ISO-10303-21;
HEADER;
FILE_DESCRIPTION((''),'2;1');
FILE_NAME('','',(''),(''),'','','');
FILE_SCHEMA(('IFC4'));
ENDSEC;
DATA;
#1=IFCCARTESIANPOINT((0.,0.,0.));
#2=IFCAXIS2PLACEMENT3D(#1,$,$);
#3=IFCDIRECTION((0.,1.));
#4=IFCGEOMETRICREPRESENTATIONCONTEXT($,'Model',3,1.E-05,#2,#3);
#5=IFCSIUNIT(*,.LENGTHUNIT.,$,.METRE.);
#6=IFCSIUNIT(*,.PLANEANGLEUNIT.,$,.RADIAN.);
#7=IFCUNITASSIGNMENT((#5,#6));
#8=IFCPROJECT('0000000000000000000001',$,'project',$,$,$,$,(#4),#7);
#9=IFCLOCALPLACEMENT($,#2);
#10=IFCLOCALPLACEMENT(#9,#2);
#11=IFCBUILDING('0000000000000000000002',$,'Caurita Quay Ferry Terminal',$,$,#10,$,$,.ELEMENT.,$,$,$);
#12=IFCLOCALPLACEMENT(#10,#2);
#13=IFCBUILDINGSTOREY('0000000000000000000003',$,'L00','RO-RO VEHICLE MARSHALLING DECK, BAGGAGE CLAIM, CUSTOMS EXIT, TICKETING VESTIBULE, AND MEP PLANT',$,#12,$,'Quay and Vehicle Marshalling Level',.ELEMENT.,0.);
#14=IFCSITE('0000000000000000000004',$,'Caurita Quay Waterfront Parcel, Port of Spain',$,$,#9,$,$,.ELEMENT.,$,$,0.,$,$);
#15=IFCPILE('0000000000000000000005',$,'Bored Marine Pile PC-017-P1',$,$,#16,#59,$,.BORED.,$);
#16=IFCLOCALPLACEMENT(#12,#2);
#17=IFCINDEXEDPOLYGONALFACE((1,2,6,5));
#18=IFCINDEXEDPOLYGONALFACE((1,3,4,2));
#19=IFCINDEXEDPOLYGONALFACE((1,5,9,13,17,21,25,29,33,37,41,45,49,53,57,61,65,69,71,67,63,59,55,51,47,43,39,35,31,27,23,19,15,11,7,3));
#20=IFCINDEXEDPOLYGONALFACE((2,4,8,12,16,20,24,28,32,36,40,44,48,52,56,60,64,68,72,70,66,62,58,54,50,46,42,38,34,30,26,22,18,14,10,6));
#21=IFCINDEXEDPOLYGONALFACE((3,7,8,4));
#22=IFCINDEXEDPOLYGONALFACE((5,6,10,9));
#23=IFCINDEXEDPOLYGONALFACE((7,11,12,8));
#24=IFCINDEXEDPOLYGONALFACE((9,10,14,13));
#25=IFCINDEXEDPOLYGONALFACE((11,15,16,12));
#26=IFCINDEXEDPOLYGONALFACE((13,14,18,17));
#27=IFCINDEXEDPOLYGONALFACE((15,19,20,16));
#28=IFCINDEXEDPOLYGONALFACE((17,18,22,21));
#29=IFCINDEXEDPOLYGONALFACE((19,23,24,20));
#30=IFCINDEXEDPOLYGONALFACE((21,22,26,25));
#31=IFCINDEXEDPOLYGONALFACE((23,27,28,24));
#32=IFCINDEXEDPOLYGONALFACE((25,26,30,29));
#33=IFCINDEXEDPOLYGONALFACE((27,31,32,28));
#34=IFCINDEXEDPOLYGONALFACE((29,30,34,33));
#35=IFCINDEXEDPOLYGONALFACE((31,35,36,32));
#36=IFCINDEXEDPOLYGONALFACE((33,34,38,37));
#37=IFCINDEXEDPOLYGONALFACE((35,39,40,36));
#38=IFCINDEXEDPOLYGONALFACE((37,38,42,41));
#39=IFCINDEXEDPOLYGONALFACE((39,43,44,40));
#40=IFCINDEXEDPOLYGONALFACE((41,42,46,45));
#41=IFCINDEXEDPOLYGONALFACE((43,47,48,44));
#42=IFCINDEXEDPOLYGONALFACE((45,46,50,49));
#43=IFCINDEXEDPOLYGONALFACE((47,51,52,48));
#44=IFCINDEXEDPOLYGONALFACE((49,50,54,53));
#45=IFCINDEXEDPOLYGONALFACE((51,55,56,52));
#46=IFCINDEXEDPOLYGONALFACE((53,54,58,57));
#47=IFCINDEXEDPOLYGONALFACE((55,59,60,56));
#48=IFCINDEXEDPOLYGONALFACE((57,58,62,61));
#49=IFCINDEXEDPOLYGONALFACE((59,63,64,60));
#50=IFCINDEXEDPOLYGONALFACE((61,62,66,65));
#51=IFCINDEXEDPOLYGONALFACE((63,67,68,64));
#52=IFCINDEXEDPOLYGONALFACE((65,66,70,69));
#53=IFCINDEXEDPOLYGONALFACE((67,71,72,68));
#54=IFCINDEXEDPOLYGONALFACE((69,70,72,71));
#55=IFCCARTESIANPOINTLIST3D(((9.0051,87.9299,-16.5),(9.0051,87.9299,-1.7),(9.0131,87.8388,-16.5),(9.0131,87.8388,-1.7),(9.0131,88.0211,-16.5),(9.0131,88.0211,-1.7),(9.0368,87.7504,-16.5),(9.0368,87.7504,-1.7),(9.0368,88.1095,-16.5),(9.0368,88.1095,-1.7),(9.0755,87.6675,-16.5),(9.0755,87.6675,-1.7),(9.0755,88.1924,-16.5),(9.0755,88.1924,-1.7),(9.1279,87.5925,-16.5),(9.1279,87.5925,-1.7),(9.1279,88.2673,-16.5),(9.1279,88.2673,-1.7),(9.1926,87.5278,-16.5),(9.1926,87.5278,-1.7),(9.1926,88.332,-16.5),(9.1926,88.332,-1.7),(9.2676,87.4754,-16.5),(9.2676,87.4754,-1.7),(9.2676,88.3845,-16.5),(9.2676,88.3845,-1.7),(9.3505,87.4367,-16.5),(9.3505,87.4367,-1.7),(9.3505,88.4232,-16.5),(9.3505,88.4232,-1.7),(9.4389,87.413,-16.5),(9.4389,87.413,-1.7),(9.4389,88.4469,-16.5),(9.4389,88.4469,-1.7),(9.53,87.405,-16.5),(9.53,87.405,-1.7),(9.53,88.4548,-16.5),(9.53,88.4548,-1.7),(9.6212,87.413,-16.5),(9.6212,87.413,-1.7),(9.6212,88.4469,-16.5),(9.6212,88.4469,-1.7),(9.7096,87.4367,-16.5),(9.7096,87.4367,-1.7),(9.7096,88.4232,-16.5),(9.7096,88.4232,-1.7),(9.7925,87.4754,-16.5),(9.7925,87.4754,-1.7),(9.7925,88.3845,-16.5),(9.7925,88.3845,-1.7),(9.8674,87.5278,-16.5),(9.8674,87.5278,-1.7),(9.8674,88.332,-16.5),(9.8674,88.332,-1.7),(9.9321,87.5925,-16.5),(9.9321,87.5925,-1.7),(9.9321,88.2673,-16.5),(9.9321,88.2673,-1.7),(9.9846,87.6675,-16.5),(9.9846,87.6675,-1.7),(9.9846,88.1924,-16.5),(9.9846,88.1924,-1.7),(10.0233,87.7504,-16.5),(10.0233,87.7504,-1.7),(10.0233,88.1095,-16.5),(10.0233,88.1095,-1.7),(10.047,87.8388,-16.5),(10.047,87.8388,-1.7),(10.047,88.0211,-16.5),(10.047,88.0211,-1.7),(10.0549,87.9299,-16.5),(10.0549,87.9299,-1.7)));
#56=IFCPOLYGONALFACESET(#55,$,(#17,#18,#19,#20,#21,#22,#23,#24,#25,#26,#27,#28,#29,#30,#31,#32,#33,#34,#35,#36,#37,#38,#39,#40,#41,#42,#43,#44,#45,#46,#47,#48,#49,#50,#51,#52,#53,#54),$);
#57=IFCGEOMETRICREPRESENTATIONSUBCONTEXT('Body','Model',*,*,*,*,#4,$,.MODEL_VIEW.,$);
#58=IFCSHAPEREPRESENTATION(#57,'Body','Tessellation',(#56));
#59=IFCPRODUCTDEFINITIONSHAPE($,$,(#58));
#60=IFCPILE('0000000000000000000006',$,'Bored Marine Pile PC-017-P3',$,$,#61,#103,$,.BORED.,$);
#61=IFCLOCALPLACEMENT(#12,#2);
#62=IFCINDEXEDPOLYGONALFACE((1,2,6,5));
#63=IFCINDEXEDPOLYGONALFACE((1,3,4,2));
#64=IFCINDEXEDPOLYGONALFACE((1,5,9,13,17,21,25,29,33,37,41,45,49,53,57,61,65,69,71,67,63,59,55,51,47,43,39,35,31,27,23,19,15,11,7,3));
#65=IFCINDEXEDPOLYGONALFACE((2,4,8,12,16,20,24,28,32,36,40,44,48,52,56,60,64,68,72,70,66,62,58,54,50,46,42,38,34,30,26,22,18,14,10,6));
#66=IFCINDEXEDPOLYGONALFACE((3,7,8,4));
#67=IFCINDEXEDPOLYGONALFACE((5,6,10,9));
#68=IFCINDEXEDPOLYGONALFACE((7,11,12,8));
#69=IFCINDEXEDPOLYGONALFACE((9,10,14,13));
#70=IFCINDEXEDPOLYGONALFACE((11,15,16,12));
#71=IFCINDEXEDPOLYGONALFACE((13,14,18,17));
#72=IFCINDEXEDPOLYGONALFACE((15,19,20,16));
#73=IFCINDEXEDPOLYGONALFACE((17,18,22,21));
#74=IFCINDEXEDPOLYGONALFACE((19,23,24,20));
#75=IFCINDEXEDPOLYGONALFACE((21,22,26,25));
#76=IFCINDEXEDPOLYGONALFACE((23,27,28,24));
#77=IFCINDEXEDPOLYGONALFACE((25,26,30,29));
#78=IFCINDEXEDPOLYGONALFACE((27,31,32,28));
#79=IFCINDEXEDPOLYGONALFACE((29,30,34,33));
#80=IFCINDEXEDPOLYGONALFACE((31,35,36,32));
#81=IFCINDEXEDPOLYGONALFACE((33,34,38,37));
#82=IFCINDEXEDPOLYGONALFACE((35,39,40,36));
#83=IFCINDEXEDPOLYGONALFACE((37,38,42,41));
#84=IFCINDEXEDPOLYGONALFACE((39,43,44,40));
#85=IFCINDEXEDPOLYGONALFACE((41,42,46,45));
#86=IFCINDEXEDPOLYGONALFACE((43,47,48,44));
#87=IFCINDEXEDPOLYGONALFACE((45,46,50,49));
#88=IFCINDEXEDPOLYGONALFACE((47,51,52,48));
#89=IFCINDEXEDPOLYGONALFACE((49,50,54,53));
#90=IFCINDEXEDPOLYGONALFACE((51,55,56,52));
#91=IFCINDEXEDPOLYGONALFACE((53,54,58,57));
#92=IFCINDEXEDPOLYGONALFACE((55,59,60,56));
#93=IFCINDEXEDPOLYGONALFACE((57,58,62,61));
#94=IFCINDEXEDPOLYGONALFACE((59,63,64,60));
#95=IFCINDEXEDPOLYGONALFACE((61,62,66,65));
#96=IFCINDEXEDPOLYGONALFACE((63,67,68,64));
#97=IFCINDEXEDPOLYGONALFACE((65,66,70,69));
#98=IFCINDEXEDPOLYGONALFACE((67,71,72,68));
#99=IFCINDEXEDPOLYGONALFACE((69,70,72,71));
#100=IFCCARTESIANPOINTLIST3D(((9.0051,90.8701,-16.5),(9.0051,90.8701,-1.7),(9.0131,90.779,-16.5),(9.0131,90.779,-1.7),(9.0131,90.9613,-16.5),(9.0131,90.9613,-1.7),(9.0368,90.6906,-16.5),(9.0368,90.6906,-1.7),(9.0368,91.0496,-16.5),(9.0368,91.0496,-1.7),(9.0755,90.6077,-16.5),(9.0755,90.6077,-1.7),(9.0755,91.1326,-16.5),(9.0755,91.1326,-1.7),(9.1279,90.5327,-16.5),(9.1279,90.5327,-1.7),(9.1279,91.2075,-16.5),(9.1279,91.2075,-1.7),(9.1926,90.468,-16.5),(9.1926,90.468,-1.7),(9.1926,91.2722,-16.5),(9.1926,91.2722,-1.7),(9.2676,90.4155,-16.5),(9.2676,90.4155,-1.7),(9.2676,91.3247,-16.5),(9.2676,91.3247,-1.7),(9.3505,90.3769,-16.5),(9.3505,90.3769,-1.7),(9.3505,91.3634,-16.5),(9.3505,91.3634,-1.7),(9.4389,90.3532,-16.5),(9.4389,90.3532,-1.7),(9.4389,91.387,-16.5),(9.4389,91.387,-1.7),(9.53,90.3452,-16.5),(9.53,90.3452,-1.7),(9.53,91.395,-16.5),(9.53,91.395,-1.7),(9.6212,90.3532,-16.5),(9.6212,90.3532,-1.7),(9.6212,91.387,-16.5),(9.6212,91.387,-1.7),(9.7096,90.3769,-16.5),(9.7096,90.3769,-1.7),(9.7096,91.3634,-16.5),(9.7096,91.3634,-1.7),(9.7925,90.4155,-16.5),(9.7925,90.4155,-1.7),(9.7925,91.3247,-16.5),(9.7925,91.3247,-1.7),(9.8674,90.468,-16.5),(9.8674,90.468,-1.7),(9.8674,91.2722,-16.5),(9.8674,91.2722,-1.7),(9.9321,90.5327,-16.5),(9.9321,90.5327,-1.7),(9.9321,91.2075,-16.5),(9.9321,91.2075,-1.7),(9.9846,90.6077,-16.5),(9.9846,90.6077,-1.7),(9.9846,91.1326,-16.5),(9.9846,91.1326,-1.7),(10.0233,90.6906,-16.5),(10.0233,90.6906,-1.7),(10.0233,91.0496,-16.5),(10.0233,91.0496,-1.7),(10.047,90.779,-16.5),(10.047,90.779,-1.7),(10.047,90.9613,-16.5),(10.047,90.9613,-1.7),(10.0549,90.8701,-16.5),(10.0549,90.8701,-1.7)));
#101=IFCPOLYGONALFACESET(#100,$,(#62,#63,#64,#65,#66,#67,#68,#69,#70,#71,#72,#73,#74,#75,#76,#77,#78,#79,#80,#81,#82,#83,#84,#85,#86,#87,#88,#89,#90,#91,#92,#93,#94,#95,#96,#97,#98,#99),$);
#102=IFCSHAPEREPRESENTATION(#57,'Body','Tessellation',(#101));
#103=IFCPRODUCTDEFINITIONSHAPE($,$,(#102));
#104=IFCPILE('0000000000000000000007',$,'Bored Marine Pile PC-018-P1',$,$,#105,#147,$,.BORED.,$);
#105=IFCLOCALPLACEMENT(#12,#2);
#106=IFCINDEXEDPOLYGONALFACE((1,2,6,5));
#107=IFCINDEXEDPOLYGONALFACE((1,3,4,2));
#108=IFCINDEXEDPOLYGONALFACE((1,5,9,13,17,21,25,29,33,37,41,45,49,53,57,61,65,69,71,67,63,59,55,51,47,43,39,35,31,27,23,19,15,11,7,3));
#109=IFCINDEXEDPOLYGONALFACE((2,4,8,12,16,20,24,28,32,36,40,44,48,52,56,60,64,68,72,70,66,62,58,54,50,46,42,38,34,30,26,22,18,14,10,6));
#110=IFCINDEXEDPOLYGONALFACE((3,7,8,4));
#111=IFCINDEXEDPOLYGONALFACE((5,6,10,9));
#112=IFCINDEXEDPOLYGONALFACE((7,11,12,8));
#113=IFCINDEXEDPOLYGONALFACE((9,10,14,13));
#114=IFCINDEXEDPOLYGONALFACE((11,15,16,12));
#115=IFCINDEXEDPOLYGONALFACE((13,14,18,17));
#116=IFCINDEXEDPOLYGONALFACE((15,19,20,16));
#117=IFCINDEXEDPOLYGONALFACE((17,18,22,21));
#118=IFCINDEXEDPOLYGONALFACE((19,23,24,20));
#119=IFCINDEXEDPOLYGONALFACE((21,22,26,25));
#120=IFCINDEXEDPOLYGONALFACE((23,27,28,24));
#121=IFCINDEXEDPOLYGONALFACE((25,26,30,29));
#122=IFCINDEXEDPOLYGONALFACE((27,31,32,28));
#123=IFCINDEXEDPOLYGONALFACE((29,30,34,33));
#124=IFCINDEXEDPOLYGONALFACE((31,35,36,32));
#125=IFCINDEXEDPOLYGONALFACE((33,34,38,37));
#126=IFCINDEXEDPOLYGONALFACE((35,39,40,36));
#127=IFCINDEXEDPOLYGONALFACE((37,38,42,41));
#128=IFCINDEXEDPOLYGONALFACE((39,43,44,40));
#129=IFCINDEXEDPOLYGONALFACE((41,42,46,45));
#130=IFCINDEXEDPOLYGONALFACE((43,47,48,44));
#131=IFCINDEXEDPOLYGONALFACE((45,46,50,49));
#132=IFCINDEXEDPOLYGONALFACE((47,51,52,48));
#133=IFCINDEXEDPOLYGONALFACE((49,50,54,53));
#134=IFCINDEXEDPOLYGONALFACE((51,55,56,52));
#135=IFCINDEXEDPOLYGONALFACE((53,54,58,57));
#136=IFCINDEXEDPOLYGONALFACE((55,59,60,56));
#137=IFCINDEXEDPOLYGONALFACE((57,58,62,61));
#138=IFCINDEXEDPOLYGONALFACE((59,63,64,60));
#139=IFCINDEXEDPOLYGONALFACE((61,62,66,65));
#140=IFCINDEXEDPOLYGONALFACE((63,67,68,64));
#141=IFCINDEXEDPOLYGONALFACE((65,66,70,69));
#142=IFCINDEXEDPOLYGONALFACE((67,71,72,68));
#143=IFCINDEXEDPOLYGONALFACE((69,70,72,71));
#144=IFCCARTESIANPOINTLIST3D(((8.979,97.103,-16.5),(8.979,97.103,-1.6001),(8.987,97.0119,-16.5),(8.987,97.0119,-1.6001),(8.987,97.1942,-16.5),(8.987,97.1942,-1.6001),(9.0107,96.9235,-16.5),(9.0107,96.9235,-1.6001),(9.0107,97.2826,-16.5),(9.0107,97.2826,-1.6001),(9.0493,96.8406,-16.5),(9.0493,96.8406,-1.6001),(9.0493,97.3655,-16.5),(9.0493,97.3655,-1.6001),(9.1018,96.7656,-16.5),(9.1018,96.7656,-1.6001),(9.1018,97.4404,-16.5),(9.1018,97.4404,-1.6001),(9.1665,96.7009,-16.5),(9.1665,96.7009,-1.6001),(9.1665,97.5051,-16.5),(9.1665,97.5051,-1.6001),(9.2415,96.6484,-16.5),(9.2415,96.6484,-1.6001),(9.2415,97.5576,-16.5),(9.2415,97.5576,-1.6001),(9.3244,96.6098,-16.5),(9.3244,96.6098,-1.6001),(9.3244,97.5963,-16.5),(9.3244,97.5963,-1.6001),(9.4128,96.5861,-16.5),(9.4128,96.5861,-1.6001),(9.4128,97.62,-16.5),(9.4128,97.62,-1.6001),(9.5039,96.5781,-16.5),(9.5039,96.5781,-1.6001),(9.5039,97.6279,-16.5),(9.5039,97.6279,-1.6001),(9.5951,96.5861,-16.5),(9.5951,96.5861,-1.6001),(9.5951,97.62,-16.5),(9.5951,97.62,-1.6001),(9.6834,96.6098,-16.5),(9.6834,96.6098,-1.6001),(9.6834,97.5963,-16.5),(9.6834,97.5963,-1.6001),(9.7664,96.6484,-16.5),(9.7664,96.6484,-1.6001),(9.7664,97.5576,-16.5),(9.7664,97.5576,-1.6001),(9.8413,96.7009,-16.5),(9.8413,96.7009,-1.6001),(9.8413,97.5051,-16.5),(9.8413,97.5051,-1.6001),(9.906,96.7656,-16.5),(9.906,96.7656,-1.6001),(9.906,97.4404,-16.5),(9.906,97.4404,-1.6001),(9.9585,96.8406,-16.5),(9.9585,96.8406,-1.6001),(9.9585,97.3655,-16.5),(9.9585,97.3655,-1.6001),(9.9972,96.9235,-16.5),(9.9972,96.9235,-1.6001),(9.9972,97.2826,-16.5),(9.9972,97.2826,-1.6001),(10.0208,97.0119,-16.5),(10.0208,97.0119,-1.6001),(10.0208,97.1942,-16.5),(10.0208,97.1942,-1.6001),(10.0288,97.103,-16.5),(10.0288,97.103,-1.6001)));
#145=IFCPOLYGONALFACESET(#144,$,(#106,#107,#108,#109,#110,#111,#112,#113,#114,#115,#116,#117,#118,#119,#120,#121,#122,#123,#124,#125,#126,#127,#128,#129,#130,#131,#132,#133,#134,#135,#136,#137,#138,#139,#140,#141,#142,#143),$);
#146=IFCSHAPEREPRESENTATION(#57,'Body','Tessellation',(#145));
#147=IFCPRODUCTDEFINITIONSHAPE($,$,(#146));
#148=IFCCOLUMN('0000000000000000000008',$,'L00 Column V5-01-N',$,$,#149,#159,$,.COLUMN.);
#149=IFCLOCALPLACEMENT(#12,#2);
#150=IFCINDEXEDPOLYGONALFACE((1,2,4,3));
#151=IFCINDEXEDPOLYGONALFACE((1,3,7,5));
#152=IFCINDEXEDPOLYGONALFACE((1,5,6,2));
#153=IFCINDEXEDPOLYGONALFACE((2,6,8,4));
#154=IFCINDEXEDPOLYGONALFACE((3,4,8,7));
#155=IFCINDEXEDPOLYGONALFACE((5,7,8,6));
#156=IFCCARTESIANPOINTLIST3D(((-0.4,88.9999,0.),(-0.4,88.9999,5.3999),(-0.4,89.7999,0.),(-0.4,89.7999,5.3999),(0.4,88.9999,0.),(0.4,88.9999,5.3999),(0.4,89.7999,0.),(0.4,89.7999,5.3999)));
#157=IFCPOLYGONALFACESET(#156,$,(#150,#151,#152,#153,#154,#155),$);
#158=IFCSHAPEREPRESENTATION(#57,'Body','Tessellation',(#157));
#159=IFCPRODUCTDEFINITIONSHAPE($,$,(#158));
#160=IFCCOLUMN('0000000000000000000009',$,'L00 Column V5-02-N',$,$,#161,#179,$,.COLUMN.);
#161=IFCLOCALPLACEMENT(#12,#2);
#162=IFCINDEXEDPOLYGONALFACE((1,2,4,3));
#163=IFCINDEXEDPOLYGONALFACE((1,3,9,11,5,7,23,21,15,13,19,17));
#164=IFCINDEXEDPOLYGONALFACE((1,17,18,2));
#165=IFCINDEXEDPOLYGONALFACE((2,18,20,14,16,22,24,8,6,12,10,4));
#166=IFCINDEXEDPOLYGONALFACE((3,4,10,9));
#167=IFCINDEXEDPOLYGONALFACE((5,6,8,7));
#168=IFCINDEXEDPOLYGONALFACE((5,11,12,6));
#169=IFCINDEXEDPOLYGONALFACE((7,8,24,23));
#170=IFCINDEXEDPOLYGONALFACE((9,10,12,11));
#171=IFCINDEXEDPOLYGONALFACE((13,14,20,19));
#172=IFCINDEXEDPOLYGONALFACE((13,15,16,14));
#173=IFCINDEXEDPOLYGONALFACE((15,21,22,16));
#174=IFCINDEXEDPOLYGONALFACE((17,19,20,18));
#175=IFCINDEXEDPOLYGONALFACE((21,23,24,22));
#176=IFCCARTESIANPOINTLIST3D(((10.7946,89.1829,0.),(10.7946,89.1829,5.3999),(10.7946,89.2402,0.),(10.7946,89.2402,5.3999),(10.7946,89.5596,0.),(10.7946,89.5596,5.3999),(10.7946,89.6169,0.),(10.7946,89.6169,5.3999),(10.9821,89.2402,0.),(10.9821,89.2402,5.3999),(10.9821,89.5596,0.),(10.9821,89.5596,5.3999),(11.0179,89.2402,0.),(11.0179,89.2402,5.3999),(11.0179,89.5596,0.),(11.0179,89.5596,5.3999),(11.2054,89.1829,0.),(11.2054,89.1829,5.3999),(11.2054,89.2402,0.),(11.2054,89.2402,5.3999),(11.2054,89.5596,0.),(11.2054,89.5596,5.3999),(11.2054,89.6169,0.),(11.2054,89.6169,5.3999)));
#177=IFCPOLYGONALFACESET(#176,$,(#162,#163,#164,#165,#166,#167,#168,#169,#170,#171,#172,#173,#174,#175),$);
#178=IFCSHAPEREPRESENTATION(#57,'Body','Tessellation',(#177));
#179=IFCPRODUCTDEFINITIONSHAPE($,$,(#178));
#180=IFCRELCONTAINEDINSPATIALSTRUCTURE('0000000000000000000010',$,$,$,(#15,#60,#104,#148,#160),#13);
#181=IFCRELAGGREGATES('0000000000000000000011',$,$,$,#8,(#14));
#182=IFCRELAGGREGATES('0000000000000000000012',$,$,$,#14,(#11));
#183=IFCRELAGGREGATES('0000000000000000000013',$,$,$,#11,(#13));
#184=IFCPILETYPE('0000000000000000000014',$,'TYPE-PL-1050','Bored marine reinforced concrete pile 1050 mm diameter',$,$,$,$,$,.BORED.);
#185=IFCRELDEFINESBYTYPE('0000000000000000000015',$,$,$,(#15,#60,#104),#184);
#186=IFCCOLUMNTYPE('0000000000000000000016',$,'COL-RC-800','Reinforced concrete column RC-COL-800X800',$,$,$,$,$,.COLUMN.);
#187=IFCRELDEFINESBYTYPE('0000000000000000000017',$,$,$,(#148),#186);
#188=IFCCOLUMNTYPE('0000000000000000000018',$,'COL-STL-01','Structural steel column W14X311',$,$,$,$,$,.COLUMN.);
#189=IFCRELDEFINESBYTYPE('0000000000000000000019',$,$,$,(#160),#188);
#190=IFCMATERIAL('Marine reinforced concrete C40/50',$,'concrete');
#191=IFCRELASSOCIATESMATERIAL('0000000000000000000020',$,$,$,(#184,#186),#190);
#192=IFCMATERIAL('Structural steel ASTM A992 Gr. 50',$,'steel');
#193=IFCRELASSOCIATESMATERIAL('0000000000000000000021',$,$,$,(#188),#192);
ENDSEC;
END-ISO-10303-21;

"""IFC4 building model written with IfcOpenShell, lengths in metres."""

from ifc_helpers import new_model, si_unit, direction, frame, origin, origin_2d, place, context, subcontext, project, spatial, rectangle, circle, i_section, extrude, material, material_profile, profile_set, type_object, element, save


model = new_model("IFC4")

# Units and contexts
model_context = context("Model", 3, precision=1e-05, world=origin(), true_north=direction((0.0, 1.0)))
body_context = subcontext(model_context, "Body", "Model", "MODEL_VIEW")
ifc_project = project(units=[si_unit("LENGTHUNIT", "METRE"), si_unit("PLANEANGLEUNIT", "RADIAN")], contexts=[model_context])

# Site, building, storey
site_placement = place(None, origin())
site = spatial("IfcSite", under=ifc_project, at=site_placement, Name="Caurita Quay Waterfront Parcel, Port of Spain", CompositionType="ELEMENT", RefElevation=0.0)
building_placement = place(site_placement, origin())
building = spatial("IfcBuilding", under=site, at=building_placement, Name="Caurita Quay Ferry Terminal", CompositionType="ELEMENT")
storey_placement = place(building_placement, origin())
storey = spatial("IfcBuildingStorey", under=building, at=storey_placement, Name="L00", Description="RO-RO VEHICLE MARSHALLING DECK, BAGGAGE CLAIM, CUSTOMS EXIT, TICKETING VESTIBULE, AND MEP PLANT", LongName="Quay and Vehicle Marshalling Level", CompositionType="ELEMENT", Elevation=0.0)

# Piles
ifc_material_1 = material(Name="Marine reinforced concrete C40/50", Category="concrete")
ifc_material_profile_1 = material_profile(ifc_material_1, circle(Radius=0.5249, at=origin_2d()), Name="PILE-D1050")
ifc_profile_set_1 = profile_set([ifc_material_profile_1], Name="Marine reinforced concrete C40/50")
pile_type = type_object("IfcPileType", Name="TYPE-PL-1050", Description="Bored marine reinforced concrete pile 1050 mm diameter", PredefinedType="BORED", material=ifc_profile_set_1)
for number, where, z_axis, x_axis, name in (
    (1, (9.53, 87.9299, -1.7), (0.0, 0.0, -1.0), (1.0, 0.0, 0.0), "Bored Marine Pile PC-017-P1"),
    (2, (9.53, 90.8701, -1.7), (0.0, 0.0, -1.0), (1.0, 0.0, 0.0), "Bored Marine Pile PC-017-P3"),
):
    element("IfcPile", number, at=place(storey_placement, frame(where, z_axis=z_axis, x_axis=x_axis)), inside=storey, type_object=pile_type, Name=name, PredefinedType="BORED", context=body_context, shape_type="SweptSolid", body=[
        extrude(circle(Radius=0.5249, at=origin_2d()), origin(), (0.0, 0.0, 1.0), 14.8),
    ])
pile_placement = place(storey_placement, frame((9.5039, 97.103, -1.6001), z_axis=(0.0, 0.0, -1.0), x_axis=(1.0, 0.0, 0.0)))
element("IfcPile", 3, at=pile_placement, inside=storey, type_object=pile_type, Name="Bored Marine Pile PC-018-P1", PredefinedType="BORED", context=body_context, shape_type="SweptSolid", body=[
    extrude(circle(Radius=0.5249, at=origin_2d()), origin(), (0.0, 0.0, 1.0), 14.8999),
])

# Columns
ifc_material_profile_2 = material_profile(ifc_material_1, rectangle(XDim=0.8, YDim=0.8, at=origin_2d()), Name="RC-COL-800X800")
ifc_profile_set_2 = profile_set([ifc_material_profile_2], Name="Marine reinforced concrete C40/50")
column_type_1 = type_object("IfcColumnType", Name="COL-RC-800", Description="Reinforced concrete column RC-COL-800X800", PredefinedType="COLUMN", material=ifc_profile_set_2)
column_1_placement = place(storey_placement, frame((0.0, 89.3999, 0.0), z_axis=(0.0, 0.0, 1.0), x_axis=(1.0, 0.0, 0.0)))
element("IfcColumn", 4, at=column_1_placement, inside=storey, type_object=column_type_1, Name="L00 Column V5-01-N", PredefinedType="COLUMN", context=body_context, shape_type="SweptSolid", body=[
    extrude(rectangle(XDim=0.8, YDim=0.8, at=origin_2d()), origin(), (0.0, 0.0, 1.0), 5.3999),
])
ifc_material_2 = material(Name="Structural steel ASTM A992 Gr. 50", Category="steel")
ifc_material_profile_3 = material_profile(ifc_material_2, i_section(OverallWidth=0.4109, OverallDepth=0.4341, WebThickness=0.0359, FlangeThickness=0.0574, at=origin_2d()), Name="W14X311")
ifc_profile_set_3 = profile_set([ifc_material_profile_3], Name="Structural steel ASTM A992 Gr. 50")
column_type_2 = type_object("IfcColumnType", Name="COL-STL-01", Description="Structural steel column W14X311", PredefinedType="COLUMN", material=ifc_profile_set_3)
column_2_placement = place(storey_placement, frame((11.0, 89.3999, 0.0), z_axis=(0.0, 0.0, 1.0), x_axis=(1.0, 0.0, 0.0)))
element("IfcColumn", 5, at=column_2_placement, inside=storey, type_object=column_type_2, Name="L00 Column V5-02-N", PredefinedType="COLUMN", context=body_context, shape_type="SweptSolid", body=[
    extrude(i_section(OverallWidth=0.4109, OverallDepth=0.4341, WebThickness=0.0359, FlangeThickness=0.0574, at=origin_2d()), origin(), (0.0, 0.0, 1.0), 5.3999),
])

save(model, "model.ifc")
